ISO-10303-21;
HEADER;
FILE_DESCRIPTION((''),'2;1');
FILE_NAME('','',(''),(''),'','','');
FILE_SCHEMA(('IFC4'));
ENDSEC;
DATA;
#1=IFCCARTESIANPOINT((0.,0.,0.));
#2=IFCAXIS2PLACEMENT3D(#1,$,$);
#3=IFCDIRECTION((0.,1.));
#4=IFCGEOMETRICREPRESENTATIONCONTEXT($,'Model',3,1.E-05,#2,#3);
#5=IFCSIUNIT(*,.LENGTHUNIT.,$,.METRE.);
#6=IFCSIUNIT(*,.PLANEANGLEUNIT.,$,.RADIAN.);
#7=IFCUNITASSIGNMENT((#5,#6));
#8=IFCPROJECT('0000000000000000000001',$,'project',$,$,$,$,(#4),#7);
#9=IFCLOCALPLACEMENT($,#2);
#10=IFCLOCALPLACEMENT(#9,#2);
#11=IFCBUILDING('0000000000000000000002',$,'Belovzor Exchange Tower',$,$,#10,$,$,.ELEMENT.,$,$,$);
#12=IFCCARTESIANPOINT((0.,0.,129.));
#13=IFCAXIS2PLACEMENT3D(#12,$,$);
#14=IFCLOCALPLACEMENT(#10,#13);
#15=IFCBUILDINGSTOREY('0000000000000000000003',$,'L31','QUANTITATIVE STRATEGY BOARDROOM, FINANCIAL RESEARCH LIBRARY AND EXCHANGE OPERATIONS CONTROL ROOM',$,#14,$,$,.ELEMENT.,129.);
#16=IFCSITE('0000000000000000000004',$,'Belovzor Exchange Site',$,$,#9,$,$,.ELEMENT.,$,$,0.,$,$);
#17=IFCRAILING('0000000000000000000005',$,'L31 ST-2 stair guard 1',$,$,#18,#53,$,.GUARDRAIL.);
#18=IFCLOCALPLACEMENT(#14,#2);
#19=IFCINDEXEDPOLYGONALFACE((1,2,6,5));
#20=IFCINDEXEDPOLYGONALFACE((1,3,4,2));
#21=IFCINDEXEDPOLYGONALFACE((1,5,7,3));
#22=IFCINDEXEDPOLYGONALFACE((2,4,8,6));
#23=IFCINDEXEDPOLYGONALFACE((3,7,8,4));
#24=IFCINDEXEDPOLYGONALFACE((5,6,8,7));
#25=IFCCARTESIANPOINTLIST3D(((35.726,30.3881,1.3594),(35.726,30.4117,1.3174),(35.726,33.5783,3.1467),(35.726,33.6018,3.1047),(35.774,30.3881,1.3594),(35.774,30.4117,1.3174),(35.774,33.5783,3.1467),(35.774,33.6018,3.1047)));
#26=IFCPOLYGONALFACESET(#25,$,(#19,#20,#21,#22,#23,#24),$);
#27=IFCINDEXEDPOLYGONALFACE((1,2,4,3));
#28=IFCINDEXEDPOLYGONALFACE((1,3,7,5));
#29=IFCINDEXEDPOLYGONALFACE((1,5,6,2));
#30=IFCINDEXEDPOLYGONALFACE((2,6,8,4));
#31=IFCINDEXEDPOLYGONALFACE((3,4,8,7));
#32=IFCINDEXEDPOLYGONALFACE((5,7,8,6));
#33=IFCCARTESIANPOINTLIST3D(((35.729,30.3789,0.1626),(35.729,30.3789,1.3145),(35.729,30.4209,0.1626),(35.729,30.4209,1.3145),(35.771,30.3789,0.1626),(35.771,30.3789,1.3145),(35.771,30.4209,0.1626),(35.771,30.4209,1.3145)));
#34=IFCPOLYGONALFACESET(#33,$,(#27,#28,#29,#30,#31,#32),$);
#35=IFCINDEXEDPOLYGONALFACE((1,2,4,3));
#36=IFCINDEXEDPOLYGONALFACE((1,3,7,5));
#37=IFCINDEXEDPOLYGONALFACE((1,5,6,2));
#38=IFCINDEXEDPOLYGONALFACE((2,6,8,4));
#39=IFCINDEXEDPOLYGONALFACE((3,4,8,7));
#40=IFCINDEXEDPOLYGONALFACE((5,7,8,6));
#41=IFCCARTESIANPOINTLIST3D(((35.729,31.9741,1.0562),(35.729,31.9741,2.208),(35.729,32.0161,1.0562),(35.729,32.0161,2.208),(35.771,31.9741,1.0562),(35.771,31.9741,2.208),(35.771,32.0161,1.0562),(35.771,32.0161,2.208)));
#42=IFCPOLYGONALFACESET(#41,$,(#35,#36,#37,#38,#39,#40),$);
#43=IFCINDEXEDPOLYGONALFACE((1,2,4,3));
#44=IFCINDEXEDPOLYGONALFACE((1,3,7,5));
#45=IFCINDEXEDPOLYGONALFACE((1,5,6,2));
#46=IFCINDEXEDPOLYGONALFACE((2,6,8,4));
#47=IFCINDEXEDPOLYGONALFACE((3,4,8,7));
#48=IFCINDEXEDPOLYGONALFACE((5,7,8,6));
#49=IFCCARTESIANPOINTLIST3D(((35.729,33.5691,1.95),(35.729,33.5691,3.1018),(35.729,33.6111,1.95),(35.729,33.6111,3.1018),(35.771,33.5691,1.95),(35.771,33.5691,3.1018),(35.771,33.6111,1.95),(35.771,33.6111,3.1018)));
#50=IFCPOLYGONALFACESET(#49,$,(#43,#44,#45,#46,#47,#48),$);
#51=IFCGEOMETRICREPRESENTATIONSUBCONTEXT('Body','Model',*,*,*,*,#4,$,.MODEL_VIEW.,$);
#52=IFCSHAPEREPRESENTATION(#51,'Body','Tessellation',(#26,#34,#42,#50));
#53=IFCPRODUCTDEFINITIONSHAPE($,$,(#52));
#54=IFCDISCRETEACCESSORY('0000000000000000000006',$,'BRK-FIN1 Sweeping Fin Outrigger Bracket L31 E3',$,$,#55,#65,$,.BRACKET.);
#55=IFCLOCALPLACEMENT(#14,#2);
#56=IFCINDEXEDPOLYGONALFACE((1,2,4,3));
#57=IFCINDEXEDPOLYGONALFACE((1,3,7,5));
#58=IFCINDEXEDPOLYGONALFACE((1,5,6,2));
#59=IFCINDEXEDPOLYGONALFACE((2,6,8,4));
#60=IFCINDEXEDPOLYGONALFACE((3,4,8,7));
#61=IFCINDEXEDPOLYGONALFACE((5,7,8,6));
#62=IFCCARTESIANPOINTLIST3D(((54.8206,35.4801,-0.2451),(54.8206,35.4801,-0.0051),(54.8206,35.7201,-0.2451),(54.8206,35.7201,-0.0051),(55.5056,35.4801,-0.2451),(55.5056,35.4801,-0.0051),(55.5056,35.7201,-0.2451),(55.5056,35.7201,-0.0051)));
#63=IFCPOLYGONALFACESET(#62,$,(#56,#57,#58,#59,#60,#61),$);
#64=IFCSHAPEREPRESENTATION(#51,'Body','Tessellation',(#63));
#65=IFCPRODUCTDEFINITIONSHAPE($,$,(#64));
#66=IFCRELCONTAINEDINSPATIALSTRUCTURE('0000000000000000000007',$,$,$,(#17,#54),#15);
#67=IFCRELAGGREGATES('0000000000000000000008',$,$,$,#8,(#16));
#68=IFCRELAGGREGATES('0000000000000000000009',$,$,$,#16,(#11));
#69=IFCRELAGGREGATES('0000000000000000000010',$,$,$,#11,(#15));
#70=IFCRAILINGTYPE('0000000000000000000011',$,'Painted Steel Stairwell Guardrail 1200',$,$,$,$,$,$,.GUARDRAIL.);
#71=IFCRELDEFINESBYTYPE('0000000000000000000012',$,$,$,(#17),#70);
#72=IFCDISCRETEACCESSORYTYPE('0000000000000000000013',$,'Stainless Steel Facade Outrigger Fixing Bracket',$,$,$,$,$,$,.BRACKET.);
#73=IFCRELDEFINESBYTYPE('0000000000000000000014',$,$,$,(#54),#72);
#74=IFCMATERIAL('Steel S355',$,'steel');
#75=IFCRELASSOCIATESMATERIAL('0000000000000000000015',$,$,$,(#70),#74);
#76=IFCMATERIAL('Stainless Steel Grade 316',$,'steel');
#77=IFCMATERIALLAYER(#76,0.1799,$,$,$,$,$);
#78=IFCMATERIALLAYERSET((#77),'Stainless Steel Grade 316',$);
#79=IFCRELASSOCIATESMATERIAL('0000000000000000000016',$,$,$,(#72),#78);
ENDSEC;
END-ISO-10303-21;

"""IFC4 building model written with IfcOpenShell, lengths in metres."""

from ifc_helpers import new_model, si_unit, direction, frame, origin, origin_2d, place, context, subcontext, project, spatial, rectangle, extrude, material, layer, layer_set, type_object, element, save


model = new_model("IFC4")

# Units and contexts
model_context = context("Model", 3, precision=1e-05, world=origin(), true_north=direction((0.0, 1.0)))
body_context = subcontext(model_context, "Body", "Model", "MODEL_VIEW")
ifc_project = project(units=[si_unit("LENGTHUNIT", "METRE"), si_unit("PLANEANGLEUNIT", "RADIAN")], contexts=[model_context])

# Site, building, storey
site_placement = place(None, origin())
site = spatial("IfcSite", under=ifc_project, at=site_placement, Name="Belovzor Exchange Site", CompositionType="ELEMENT", RefElevation=0.0)
building_placement = place(site_placement, origin())
building = spatial("IfcBuilding", under=site, at=building_placement, Name="Belovzor Exchange Tower", CompositionType="ELEMENT")
storey_placement = place(building_placement, frame((0.0, 0.0, 129.0)))
storey = spatial("IfcBuildingStorey", under=building, at=storey_placement, Name="L31", Description="QUANTITATIVE STRATEGY BOARDROOM, FINANCIAL RESEARCH LIBRARY AND EXCHANGE OPERATIONS CONTROL ROOM", CompositionType="ELEMENT", Elevation=129.0)

# Railing
ifc_material_1 = material(Name="Steel S355", Category="steel")
railing_type_1 = type_object("IfcRailingType", Name="Painted Steel Stairwell Guardrail 1200", PredefinedType="GUARDRAIL", material=ifc_material_1)
railing_1_placement = place(storey_placement, frame((35.75, 30.3999, 0.1626)))
element("IfcRailing", 1, at=railing_1_placement, inside=storey, type_object=railing_type_1, Name="L31 ST-2 stair guard 1", PredefinedType="GUARDRAIL", context=body_context, shape_type="SweptSolid", body=[
    extrude(rectangle(XDim=0.0481, YDim=0.0481, at=origin_2d()), frame((0.0, 0.0, 1.1758), z_axis=(0.0, 0.872407, 0.48878), x_axis=(-1.0, 0.0, 0.0)), (0.0, 0.0, 1.0), 3.6567),
    extrude(rectangle(XDim=0.042, YDim=0.042, at=origin_2d()), origin(), (0.0, 0.0, 1.0), 1.1519),
    extrude(rectangle(XDim=0.042, YDim=0.042, at=origin_2d()), frame((0.0, 1.5952, 0.8936)), (0.0, 0.0, 1.0), 1.1519),
    extrude(rectangle(XDim=0.042, YDim=0.042, at=origin_2d()), frame((0.0, 3.1902, 1.7874)), (0.0, 0.0, 1.0), 1.1519),
])

# Discrete accessory
ifc_material_2 = material(Name="Stainless Steel Grade 316", Category="steel")
ifc_layer_1 = layer(ifc_material_2, 0.1799)
ifc_layer_set_1 = layer_set([ifc_layer_1], Name="Stainless Steel Grade 316")
discrete_accessory_type = type_object("IfcDiscreteAccessoryType", Name="Stainless Steel Facade Outrigger Fixing Bracket", PredefinedType="BRACKET", material=ifc_layer_set_1)
discrete_accessory_placement = place(storey_placement, frame((55.1631, 35.6001, -0.2451), z_axis=(0.0, 0.0, 1.0), x_axis=(1.0, 0.0, 0.0)))
element("IfcDiscreteAccessory", 2, at=discrete_accessory_placement, inside=storey, type_object=discrete_accessory_type, Name="BRK-FIN1 Sweeping Fin Outrigger Bracket L31 E3", PredefinedType="BRACKET", context=body_context, shape_type="SweptSolid", body=[
    extrude(rectangle(XDim=0.6851, YDim=0.24, at=origin_2d()), origin(), (0.0, 0.0, 1.0), 0.24),
])

save(model, "model.ifc")
